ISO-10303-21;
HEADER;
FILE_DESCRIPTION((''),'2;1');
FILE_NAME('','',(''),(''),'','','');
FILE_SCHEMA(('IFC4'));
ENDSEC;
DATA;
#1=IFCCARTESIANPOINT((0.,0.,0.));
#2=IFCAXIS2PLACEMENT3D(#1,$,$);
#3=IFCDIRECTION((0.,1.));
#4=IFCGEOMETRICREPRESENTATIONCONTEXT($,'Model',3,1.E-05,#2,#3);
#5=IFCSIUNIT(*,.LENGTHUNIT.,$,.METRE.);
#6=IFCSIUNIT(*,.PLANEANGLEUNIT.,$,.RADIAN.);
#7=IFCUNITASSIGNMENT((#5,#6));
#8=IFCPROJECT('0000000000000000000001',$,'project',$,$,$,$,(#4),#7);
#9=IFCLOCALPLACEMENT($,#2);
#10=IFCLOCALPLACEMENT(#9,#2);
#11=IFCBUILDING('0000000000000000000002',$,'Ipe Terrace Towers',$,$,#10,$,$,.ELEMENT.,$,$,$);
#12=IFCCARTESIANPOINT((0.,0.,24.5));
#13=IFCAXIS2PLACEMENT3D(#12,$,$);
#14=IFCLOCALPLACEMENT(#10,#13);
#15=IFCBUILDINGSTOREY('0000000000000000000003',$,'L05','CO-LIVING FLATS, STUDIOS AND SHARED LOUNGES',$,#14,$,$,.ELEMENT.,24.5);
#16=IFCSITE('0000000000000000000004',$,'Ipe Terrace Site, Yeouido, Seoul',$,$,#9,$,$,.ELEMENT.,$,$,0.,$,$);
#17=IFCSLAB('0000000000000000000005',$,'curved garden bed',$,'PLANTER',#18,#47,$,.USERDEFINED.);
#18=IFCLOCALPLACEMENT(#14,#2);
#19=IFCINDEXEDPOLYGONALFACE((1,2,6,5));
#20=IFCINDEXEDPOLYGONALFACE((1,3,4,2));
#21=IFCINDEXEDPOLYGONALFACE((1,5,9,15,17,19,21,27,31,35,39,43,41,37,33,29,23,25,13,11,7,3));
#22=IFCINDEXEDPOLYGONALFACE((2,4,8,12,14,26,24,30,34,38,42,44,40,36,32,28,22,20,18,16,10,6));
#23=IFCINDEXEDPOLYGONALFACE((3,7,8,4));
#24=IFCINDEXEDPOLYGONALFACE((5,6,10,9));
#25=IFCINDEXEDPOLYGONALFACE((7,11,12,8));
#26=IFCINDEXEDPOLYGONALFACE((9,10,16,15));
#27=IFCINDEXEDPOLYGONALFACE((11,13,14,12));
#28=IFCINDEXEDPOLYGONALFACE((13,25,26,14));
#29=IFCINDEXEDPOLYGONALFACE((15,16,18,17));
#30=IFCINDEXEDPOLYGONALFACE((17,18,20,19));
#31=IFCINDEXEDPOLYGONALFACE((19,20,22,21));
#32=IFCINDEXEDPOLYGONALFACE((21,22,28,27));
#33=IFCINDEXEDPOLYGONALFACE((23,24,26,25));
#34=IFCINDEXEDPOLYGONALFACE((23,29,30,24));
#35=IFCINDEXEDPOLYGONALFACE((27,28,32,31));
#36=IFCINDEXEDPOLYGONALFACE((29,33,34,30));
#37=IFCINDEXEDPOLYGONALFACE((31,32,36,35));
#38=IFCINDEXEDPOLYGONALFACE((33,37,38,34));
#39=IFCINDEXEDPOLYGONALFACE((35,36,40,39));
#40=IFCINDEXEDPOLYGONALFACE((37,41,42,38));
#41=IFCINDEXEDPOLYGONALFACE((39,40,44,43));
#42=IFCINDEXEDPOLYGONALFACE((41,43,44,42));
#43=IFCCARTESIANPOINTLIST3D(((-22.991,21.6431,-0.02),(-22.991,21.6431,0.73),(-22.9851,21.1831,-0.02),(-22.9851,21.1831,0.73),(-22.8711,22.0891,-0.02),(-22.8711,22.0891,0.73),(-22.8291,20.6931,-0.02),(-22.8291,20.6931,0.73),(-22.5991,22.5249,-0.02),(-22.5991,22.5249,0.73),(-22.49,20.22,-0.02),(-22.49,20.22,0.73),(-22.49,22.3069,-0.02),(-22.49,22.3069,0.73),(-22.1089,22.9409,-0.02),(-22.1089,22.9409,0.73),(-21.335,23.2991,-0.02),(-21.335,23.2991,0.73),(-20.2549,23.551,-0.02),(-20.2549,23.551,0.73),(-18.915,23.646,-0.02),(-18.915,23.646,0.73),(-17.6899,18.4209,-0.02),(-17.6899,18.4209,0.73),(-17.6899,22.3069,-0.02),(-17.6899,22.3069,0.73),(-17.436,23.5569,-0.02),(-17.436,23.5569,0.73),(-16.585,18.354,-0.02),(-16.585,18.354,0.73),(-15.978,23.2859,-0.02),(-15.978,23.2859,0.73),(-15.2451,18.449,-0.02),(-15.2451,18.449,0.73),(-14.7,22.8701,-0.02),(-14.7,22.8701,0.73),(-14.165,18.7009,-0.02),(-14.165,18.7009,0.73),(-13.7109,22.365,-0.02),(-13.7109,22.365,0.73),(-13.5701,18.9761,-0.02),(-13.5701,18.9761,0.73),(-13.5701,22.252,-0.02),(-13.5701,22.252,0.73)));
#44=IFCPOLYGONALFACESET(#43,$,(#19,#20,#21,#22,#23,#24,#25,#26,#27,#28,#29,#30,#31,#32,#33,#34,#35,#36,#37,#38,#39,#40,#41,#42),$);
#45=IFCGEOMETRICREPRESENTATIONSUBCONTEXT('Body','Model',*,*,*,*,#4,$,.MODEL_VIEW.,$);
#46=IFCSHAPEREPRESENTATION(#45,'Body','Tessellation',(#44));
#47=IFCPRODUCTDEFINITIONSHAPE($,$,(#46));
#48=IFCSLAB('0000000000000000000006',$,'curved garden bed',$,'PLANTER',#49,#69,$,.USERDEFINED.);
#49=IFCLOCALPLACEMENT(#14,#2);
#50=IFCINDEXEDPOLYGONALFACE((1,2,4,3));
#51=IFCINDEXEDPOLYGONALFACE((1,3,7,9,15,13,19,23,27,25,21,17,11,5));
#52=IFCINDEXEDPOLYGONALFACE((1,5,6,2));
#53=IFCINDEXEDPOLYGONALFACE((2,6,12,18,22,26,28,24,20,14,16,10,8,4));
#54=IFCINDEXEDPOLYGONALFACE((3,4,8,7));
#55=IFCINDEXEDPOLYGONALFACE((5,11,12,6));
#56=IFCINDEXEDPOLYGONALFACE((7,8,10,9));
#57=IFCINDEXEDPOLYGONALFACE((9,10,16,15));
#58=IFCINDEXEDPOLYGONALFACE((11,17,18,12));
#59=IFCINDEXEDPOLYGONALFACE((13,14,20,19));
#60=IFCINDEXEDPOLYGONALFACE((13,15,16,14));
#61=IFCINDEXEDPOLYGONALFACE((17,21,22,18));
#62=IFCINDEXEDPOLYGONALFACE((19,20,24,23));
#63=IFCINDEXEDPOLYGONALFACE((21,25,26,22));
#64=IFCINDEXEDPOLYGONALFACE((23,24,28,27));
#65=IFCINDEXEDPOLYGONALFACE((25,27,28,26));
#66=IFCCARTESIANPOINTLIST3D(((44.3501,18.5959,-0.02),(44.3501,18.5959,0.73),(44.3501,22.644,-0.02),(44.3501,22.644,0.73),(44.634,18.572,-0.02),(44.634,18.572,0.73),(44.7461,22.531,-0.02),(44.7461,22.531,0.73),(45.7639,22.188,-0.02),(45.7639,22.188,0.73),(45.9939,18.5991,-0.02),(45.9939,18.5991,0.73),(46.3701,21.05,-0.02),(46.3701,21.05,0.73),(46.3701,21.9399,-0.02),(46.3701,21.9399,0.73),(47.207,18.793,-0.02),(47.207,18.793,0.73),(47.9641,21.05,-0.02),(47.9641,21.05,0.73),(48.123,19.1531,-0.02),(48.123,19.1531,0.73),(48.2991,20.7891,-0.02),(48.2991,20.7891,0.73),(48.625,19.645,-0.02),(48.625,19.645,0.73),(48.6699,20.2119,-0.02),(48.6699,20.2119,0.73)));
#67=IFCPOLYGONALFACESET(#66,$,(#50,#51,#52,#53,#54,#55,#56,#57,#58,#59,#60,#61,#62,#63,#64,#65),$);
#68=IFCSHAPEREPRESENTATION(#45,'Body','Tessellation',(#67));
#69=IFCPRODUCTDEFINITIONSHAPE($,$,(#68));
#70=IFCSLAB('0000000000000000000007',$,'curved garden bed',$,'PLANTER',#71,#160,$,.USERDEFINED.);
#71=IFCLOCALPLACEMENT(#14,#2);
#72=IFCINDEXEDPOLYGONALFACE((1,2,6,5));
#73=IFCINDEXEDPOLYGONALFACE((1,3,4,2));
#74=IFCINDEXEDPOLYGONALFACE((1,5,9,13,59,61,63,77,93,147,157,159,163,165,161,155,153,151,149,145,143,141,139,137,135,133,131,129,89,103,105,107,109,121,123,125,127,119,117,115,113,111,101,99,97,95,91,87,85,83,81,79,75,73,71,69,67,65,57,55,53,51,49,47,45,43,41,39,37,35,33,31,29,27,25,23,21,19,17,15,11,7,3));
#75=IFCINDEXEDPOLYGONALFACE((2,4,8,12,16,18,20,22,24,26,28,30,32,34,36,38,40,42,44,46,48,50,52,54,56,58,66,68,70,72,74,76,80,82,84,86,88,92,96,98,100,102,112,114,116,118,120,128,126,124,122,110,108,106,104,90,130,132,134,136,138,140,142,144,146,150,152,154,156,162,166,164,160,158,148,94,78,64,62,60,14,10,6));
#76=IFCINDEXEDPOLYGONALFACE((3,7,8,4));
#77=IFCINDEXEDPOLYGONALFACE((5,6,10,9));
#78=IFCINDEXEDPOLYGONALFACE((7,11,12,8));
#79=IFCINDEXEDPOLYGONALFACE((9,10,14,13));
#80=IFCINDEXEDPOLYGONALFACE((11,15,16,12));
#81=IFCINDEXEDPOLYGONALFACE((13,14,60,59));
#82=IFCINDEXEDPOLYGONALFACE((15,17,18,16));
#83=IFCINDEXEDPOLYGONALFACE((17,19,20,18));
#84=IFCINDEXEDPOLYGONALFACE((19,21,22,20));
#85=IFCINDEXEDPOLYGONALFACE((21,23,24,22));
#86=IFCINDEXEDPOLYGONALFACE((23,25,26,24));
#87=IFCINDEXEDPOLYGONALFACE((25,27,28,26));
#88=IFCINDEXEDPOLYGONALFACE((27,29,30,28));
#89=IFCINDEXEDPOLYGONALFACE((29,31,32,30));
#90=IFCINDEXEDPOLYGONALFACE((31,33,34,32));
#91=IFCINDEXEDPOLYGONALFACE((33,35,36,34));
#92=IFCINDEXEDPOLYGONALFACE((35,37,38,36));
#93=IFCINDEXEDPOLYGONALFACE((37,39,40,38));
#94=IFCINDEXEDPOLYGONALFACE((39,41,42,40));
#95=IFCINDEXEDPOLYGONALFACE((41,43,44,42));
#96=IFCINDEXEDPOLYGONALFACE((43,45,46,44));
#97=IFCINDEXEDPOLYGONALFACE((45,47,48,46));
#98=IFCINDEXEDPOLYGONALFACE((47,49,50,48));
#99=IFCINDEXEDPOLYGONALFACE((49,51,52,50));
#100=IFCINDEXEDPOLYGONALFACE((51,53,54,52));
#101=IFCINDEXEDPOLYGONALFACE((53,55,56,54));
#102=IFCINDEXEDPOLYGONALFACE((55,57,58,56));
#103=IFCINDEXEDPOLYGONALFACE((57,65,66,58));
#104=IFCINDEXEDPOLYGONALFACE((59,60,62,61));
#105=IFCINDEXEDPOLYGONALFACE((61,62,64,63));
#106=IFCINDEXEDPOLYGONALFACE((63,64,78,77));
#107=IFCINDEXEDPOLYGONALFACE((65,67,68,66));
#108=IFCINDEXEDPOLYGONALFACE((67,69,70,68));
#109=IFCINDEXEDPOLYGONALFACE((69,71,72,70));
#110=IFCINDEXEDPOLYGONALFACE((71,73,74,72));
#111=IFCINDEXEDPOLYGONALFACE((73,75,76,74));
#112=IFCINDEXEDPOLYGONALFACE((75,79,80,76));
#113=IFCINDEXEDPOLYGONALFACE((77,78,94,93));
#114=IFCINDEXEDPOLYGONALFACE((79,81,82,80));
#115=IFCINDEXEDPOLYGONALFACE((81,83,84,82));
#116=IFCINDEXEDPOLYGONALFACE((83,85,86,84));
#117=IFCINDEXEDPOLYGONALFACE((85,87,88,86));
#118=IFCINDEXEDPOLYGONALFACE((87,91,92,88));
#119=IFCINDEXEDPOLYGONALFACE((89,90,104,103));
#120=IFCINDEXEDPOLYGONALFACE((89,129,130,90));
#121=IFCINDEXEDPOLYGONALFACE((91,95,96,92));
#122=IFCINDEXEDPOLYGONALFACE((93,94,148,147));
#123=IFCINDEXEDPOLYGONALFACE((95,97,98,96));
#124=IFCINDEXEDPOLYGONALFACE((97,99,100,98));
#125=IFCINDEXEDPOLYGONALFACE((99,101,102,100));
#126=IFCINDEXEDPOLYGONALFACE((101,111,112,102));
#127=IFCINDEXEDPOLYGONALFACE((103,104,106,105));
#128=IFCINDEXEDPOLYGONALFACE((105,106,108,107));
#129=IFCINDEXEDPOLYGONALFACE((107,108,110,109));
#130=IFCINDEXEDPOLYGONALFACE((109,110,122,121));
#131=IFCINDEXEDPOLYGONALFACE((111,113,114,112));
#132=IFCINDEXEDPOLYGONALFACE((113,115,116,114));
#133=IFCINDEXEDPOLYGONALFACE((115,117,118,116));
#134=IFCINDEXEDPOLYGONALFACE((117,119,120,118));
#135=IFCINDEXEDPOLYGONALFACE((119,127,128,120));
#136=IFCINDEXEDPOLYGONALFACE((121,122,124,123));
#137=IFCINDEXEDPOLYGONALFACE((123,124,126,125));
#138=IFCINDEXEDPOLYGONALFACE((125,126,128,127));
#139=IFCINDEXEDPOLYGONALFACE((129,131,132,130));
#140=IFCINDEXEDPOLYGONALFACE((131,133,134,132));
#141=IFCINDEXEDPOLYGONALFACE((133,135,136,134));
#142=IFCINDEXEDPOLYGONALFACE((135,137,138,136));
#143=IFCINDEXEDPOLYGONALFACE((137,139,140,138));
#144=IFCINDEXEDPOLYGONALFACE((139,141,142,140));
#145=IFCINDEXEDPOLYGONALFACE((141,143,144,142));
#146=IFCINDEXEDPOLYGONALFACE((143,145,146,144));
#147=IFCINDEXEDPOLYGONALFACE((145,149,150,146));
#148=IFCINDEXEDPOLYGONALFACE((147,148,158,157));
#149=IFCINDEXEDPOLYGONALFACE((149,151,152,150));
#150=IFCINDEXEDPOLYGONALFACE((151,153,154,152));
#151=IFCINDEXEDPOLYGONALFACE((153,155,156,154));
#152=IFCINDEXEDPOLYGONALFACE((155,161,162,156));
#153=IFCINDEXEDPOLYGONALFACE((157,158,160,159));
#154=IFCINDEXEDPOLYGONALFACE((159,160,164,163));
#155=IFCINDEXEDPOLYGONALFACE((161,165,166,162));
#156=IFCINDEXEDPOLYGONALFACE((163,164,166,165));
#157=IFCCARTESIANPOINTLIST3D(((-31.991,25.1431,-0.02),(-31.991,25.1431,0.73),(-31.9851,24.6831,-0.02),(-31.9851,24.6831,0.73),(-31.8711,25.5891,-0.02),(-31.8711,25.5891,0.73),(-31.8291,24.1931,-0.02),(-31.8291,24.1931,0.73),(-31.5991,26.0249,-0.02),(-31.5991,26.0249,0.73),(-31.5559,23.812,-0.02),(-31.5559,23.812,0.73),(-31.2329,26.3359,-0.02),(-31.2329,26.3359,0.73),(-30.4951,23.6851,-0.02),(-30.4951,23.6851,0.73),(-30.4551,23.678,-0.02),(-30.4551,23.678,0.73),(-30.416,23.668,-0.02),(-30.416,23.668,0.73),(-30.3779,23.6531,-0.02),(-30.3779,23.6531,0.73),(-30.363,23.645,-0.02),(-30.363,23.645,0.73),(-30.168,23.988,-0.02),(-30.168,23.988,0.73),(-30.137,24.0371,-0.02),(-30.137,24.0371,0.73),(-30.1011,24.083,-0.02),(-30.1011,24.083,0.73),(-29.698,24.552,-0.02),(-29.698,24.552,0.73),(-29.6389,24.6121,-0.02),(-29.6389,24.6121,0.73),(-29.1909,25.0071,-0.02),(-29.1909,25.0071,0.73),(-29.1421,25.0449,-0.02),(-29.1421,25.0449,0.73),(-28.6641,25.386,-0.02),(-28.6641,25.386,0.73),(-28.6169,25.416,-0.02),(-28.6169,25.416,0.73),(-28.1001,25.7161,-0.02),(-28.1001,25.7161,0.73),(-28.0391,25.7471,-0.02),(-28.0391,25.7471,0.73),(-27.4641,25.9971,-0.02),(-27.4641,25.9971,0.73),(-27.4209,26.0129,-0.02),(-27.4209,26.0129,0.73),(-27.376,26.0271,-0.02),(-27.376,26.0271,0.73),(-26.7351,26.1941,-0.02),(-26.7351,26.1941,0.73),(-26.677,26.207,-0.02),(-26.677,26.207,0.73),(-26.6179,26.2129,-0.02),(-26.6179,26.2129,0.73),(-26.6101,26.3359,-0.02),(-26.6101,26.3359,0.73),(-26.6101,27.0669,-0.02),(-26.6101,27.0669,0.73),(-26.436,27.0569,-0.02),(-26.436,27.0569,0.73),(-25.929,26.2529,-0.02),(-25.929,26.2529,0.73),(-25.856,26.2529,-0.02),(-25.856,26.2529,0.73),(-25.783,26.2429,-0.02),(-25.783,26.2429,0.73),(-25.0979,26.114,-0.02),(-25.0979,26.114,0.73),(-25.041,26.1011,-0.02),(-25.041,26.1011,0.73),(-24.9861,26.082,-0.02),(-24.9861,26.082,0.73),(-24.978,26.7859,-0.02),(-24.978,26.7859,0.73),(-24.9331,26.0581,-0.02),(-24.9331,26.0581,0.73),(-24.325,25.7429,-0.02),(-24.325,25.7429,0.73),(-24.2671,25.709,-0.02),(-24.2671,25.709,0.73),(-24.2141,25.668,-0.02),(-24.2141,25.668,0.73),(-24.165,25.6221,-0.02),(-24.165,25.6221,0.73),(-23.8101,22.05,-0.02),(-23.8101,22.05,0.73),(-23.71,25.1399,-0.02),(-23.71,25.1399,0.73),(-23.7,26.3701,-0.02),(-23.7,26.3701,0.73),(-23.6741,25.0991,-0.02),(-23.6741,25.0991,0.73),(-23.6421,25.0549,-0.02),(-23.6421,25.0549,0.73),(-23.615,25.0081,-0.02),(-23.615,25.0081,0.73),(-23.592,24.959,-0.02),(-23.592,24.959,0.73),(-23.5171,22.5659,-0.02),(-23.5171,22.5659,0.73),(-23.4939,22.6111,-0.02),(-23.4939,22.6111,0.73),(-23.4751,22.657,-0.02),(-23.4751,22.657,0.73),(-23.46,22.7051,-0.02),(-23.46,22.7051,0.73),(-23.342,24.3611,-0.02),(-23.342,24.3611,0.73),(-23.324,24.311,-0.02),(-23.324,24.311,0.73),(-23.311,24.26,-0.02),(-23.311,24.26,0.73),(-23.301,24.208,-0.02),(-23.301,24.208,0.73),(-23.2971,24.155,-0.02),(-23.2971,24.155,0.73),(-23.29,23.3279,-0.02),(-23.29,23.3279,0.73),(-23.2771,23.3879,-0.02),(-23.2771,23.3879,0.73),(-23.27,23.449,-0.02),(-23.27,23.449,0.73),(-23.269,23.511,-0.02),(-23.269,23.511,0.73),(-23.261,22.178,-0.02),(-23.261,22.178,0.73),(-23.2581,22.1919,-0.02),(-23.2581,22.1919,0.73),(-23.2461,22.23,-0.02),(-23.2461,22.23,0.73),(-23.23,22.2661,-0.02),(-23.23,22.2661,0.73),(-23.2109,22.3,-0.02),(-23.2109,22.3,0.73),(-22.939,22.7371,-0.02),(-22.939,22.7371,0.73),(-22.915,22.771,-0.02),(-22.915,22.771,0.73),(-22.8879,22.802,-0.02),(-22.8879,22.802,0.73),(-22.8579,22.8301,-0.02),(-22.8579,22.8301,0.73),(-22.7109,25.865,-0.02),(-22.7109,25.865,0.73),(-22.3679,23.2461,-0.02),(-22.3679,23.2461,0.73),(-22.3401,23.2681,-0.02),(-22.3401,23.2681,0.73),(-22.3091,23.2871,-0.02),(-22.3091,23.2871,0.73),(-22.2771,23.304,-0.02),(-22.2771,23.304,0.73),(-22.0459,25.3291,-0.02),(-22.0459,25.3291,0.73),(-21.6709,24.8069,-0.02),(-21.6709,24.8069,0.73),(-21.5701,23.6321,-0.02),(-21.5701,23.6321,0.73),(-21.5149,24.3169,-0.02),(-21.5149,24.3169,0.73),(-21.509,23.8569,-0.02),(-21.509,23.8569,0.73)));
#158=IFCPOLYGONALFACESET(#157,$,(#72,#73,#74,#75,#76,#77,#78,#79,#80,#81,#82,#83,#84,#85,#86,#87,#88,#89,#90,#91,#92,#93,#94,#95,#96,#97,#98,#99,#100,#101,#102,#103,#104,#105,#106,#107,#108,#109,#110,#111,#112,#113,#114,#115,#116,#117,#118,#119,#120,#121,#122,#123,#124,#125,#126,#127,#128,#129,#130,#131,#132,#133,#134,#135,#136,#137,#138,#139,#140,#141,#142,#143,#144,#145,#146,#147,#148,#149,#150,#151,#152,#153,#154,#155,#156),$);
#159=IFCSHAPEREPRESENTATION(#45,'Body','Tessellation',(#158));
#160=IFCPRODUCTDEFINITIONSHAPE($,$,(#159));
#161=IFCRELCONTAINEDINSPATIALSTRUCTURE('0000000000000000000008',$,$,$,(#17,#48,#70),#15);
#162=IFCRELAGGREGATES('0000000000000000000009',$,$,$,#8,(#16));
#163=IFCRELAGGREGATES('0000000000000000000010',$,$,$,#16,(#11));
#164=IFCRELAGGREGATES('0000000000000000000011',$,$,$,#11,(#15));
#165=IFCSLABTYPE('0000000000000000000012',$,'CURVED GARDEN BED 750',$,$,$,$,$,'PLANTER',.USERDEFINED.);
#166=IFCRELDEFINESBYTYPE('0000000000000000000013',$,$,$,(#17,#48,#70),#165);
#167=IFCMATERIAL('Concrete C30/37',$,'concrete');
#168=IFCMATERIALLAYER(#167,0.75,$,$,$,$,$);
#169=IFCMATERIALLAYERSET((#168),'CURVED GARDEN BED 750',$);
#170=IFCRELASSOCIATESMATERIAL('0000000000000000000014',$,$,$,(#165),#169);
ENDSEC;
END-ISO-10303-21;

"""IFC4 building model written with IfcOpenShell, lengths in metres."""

from ifc_helpers import new_model, si_unit, direction, frame, origin, place, context, subcontext, project, spatial, polyline, outline, extrude, material, layer, layer_set, type_object, element, save


model = new_model("IFC4")

# Units and contexts
model_context = context("Model", 3, precision=1e-05, world=origin(), true_north=direction((0.0, 1.0)))
body_context = subcontext(model_context, "Body", "Model", "MODEL_VIEW")
ifc_project = project(units=[si_unit("LENGTHUNIT", "METRE"), si_unit("PLANEANGLEUNIT", "RADIAN")], contexts=[model_context])

# Site, building, storey
site_placement = place(None, origin())
site = spatial("IfcSite", under=ifc_project, at=site_placement, Name="Ipe Terrace Site, Yeouido, Seoul", CompositionType="ELEMENT", RefElevation=0.0)
building_placement = place(site_placement, origin())
building = spatial("IfcBuilding", under=site, at=building_placement, Name="Ipe Terrace Towers", CompositionType="ELEMENT")
storey_placement = place(building_placement, frame((0.0, 0.0, 24.5)))
storey = spatial("IfcBuildingStorey", under=building, at=storey_placement, Name="L05", Description="CO-LIVING FLATS, STUDIOS AND SHARED LOUNGES", CompositionType="ELEMENT", Elevation=24.5)

# Slabs
ifc_material_1 = material(Name="Concrete C30/37", Category="concrete")
ifc_layer_1 = layer(ifc_material_1, 0.75)
ifc_layer_set_1 = layer_set([ifc_layer_1], Name="CURVED GARDEN BED 750")
slab_type_1 = type_object("IfcSlabType", Name="CURVED GARDEN BED 750", ElementType="PLANTER", PredefinedType="USERDEFINED", material=ifc_layer_set_1)
slab_1_placement = place(storey_placement, frame((0.0, 0.0, -0.02)))
element("IfcSlab", 1, at=slab_1_placement, inside=storey, type_object=slab_type_1, Name="curved garden bed", ObjectType="PLANTER", PredefinedType="USERDEFINED", context=body_context, shape_type="SweptSolid", body=[
    extrude(outline(polyline([(-22.991, 21.6431), (-22.8711, 22.0891), (-22.5991, 22.5249), (-22.1089, 22.9409), (-21.335, 23.2991), (-20.2549, 23.551), (-18.915, 23.646), (-17.436, 23.5569), (-15.978, 23.2859), (-14.7, 22.8701), (-13.7109, 22.365), (-13.5701, 22.252), (-13.5701, 18.9761), (-14.165, 18.7009), (-15.2451, 18.449), (-16.585, 18.354), (-17.6899, 18.4209), (-17.6899, 22.3069), (-22.49, 22.3069), (-22.49, 20.22), (-22.8291, 20.6931), (-22.9851, 21.1831), (-22.991, 21.6431)])), origin(), (0.0, 0.0, 1.0), 0.75),
])
slab_2_placement = place(storey_placement, frame((0.0, 0.0, -0.02)))
element("IfcSlab", 2, at=slab_2_placement, inside=storey, type_object=slab_type_1, Name="curved garden bed", ObjectType="PLANTER", PredefinedType="USERDEFINED", context=body_context, shape_type="SweptSolid", body=[
    extrude(outline(polyline([(48.625, 19.645), (48.123, 19.1531), (47.207, 18.793), (45.9939, 18.5991), (44.634, 18.572), (44.3501, 18.5959), (44.3501, 22.644), (44.7461, 22.531), (45.7639, 22.188), (46.3701, 21.9399), (46.3701, 21.05), (47.9641, 21.05), (48.2991, 20.7891), (48.6699, 20.2119), (48.625, 19.645)])), origin(), (0.0, 0.0, 1.0), 0.75),
])
slab_3_placement = place(storey_placement, frame((0.0, 0.0, -0.02)))
element("IfcSlab", 3, at=slab_3_placement, inside=storey, type_object=slab_type_1, Name="curved garden bed", ObjectType="PLANTER", PredefinedType="USERDEFINED", context=body_context, shape_type="SweptSolid", body=[
    extrude(outline(polyline([(-23.7, 26.3701), (-22.7109, 25.865), (-22.0459, 25.3291), (-21.6709, 24.8069), (-21.5149, 24.3169), (-21.509, 23.8569), (-21.5701, 23.6321), (-22.2771, 23.304), (-22.3091, 23.2871), (-22.3401, 23.2681), (-22.3679, 23.2461), (-22.8579, 22.8301), (-22.8879, 22.802), (-22.915, 22.771), (-22.939, 22.7371), (-23.2109, 22.3), (-23.23, 22.2661), (-23.2461, 22.23), (-23.2581, 22.1919), (-23.261, 22.178), (-23.8101, 22.05), (-23.5171, 22.5659), (-23.4939, 22.6111), (-23.4751, 22.657), (-23.46, 22.7051), (-23.29, 23.3279), (-23.2771, 23.3879), (-23.27, 23.449), (-23.269, 23.511), (-23.2971, 24.155), (-23.301, 24.208), (-23.311, 24.26), (-23.324, 24.311), (-23.342, 24.3611), (-23.592, 24.959), (-23.615, 25.0081), (-23.6421, 25.0549), (-23.6741, 25.0991), (-23.71, 25.1399), (-24.165, 25.6221), (-24.2141, 25.668), (-24.2671, 25.709), (-24.325, 25.7429), (-24.9331, 26.0581), (-24.9861, 26.082), (-25.041, 26.1011), (-25.0979, 26.114), (-25.783, 26.2429), (-25.856, 26.2529), (-25.929, 26.2529), (-26.6179, 26.2129), (-26.677, 26.207), (-26.7351, 26.1941), (-27.376, 26.0271), (-27.4209, 26.0129), (-27.4641, 25.9971), (-28.0391, 25.7471), (-28.1001, 25.7161), (-28.6169, 25.416), (-28.6641, 25.386), (-29.1421, 25.0449), (-29.1909, 25.0071), (-29.6389, 24.6121), (-29.698, 24.552), (-30.1011, 24.083), (-30.137, 24.0371), (-30.168, 23.988), (-30.363, 23.645), (-30.3779, 23.6531), (-30.416, 23.668), (-30.4551, 23.678), (-30.4951, 23.6851), (-31.5559, 23.812), (-31.8291, 24.1931), (-31.9851, 24.6831), (-31.991, 25.1431), (-31.8711, 25.5891), (-31.5991, 26.0249), (-31.2329, 26.3359), (-26.6101, 26.3359), (-26.6101, 27.0669), (-26.436, 27.0569), (-24.978, 26.7859), (-23.7, 26.3701)])), origin(), (0.0, 0.0, 1.0), 0.75),
])

save(model, "model.ifc")
